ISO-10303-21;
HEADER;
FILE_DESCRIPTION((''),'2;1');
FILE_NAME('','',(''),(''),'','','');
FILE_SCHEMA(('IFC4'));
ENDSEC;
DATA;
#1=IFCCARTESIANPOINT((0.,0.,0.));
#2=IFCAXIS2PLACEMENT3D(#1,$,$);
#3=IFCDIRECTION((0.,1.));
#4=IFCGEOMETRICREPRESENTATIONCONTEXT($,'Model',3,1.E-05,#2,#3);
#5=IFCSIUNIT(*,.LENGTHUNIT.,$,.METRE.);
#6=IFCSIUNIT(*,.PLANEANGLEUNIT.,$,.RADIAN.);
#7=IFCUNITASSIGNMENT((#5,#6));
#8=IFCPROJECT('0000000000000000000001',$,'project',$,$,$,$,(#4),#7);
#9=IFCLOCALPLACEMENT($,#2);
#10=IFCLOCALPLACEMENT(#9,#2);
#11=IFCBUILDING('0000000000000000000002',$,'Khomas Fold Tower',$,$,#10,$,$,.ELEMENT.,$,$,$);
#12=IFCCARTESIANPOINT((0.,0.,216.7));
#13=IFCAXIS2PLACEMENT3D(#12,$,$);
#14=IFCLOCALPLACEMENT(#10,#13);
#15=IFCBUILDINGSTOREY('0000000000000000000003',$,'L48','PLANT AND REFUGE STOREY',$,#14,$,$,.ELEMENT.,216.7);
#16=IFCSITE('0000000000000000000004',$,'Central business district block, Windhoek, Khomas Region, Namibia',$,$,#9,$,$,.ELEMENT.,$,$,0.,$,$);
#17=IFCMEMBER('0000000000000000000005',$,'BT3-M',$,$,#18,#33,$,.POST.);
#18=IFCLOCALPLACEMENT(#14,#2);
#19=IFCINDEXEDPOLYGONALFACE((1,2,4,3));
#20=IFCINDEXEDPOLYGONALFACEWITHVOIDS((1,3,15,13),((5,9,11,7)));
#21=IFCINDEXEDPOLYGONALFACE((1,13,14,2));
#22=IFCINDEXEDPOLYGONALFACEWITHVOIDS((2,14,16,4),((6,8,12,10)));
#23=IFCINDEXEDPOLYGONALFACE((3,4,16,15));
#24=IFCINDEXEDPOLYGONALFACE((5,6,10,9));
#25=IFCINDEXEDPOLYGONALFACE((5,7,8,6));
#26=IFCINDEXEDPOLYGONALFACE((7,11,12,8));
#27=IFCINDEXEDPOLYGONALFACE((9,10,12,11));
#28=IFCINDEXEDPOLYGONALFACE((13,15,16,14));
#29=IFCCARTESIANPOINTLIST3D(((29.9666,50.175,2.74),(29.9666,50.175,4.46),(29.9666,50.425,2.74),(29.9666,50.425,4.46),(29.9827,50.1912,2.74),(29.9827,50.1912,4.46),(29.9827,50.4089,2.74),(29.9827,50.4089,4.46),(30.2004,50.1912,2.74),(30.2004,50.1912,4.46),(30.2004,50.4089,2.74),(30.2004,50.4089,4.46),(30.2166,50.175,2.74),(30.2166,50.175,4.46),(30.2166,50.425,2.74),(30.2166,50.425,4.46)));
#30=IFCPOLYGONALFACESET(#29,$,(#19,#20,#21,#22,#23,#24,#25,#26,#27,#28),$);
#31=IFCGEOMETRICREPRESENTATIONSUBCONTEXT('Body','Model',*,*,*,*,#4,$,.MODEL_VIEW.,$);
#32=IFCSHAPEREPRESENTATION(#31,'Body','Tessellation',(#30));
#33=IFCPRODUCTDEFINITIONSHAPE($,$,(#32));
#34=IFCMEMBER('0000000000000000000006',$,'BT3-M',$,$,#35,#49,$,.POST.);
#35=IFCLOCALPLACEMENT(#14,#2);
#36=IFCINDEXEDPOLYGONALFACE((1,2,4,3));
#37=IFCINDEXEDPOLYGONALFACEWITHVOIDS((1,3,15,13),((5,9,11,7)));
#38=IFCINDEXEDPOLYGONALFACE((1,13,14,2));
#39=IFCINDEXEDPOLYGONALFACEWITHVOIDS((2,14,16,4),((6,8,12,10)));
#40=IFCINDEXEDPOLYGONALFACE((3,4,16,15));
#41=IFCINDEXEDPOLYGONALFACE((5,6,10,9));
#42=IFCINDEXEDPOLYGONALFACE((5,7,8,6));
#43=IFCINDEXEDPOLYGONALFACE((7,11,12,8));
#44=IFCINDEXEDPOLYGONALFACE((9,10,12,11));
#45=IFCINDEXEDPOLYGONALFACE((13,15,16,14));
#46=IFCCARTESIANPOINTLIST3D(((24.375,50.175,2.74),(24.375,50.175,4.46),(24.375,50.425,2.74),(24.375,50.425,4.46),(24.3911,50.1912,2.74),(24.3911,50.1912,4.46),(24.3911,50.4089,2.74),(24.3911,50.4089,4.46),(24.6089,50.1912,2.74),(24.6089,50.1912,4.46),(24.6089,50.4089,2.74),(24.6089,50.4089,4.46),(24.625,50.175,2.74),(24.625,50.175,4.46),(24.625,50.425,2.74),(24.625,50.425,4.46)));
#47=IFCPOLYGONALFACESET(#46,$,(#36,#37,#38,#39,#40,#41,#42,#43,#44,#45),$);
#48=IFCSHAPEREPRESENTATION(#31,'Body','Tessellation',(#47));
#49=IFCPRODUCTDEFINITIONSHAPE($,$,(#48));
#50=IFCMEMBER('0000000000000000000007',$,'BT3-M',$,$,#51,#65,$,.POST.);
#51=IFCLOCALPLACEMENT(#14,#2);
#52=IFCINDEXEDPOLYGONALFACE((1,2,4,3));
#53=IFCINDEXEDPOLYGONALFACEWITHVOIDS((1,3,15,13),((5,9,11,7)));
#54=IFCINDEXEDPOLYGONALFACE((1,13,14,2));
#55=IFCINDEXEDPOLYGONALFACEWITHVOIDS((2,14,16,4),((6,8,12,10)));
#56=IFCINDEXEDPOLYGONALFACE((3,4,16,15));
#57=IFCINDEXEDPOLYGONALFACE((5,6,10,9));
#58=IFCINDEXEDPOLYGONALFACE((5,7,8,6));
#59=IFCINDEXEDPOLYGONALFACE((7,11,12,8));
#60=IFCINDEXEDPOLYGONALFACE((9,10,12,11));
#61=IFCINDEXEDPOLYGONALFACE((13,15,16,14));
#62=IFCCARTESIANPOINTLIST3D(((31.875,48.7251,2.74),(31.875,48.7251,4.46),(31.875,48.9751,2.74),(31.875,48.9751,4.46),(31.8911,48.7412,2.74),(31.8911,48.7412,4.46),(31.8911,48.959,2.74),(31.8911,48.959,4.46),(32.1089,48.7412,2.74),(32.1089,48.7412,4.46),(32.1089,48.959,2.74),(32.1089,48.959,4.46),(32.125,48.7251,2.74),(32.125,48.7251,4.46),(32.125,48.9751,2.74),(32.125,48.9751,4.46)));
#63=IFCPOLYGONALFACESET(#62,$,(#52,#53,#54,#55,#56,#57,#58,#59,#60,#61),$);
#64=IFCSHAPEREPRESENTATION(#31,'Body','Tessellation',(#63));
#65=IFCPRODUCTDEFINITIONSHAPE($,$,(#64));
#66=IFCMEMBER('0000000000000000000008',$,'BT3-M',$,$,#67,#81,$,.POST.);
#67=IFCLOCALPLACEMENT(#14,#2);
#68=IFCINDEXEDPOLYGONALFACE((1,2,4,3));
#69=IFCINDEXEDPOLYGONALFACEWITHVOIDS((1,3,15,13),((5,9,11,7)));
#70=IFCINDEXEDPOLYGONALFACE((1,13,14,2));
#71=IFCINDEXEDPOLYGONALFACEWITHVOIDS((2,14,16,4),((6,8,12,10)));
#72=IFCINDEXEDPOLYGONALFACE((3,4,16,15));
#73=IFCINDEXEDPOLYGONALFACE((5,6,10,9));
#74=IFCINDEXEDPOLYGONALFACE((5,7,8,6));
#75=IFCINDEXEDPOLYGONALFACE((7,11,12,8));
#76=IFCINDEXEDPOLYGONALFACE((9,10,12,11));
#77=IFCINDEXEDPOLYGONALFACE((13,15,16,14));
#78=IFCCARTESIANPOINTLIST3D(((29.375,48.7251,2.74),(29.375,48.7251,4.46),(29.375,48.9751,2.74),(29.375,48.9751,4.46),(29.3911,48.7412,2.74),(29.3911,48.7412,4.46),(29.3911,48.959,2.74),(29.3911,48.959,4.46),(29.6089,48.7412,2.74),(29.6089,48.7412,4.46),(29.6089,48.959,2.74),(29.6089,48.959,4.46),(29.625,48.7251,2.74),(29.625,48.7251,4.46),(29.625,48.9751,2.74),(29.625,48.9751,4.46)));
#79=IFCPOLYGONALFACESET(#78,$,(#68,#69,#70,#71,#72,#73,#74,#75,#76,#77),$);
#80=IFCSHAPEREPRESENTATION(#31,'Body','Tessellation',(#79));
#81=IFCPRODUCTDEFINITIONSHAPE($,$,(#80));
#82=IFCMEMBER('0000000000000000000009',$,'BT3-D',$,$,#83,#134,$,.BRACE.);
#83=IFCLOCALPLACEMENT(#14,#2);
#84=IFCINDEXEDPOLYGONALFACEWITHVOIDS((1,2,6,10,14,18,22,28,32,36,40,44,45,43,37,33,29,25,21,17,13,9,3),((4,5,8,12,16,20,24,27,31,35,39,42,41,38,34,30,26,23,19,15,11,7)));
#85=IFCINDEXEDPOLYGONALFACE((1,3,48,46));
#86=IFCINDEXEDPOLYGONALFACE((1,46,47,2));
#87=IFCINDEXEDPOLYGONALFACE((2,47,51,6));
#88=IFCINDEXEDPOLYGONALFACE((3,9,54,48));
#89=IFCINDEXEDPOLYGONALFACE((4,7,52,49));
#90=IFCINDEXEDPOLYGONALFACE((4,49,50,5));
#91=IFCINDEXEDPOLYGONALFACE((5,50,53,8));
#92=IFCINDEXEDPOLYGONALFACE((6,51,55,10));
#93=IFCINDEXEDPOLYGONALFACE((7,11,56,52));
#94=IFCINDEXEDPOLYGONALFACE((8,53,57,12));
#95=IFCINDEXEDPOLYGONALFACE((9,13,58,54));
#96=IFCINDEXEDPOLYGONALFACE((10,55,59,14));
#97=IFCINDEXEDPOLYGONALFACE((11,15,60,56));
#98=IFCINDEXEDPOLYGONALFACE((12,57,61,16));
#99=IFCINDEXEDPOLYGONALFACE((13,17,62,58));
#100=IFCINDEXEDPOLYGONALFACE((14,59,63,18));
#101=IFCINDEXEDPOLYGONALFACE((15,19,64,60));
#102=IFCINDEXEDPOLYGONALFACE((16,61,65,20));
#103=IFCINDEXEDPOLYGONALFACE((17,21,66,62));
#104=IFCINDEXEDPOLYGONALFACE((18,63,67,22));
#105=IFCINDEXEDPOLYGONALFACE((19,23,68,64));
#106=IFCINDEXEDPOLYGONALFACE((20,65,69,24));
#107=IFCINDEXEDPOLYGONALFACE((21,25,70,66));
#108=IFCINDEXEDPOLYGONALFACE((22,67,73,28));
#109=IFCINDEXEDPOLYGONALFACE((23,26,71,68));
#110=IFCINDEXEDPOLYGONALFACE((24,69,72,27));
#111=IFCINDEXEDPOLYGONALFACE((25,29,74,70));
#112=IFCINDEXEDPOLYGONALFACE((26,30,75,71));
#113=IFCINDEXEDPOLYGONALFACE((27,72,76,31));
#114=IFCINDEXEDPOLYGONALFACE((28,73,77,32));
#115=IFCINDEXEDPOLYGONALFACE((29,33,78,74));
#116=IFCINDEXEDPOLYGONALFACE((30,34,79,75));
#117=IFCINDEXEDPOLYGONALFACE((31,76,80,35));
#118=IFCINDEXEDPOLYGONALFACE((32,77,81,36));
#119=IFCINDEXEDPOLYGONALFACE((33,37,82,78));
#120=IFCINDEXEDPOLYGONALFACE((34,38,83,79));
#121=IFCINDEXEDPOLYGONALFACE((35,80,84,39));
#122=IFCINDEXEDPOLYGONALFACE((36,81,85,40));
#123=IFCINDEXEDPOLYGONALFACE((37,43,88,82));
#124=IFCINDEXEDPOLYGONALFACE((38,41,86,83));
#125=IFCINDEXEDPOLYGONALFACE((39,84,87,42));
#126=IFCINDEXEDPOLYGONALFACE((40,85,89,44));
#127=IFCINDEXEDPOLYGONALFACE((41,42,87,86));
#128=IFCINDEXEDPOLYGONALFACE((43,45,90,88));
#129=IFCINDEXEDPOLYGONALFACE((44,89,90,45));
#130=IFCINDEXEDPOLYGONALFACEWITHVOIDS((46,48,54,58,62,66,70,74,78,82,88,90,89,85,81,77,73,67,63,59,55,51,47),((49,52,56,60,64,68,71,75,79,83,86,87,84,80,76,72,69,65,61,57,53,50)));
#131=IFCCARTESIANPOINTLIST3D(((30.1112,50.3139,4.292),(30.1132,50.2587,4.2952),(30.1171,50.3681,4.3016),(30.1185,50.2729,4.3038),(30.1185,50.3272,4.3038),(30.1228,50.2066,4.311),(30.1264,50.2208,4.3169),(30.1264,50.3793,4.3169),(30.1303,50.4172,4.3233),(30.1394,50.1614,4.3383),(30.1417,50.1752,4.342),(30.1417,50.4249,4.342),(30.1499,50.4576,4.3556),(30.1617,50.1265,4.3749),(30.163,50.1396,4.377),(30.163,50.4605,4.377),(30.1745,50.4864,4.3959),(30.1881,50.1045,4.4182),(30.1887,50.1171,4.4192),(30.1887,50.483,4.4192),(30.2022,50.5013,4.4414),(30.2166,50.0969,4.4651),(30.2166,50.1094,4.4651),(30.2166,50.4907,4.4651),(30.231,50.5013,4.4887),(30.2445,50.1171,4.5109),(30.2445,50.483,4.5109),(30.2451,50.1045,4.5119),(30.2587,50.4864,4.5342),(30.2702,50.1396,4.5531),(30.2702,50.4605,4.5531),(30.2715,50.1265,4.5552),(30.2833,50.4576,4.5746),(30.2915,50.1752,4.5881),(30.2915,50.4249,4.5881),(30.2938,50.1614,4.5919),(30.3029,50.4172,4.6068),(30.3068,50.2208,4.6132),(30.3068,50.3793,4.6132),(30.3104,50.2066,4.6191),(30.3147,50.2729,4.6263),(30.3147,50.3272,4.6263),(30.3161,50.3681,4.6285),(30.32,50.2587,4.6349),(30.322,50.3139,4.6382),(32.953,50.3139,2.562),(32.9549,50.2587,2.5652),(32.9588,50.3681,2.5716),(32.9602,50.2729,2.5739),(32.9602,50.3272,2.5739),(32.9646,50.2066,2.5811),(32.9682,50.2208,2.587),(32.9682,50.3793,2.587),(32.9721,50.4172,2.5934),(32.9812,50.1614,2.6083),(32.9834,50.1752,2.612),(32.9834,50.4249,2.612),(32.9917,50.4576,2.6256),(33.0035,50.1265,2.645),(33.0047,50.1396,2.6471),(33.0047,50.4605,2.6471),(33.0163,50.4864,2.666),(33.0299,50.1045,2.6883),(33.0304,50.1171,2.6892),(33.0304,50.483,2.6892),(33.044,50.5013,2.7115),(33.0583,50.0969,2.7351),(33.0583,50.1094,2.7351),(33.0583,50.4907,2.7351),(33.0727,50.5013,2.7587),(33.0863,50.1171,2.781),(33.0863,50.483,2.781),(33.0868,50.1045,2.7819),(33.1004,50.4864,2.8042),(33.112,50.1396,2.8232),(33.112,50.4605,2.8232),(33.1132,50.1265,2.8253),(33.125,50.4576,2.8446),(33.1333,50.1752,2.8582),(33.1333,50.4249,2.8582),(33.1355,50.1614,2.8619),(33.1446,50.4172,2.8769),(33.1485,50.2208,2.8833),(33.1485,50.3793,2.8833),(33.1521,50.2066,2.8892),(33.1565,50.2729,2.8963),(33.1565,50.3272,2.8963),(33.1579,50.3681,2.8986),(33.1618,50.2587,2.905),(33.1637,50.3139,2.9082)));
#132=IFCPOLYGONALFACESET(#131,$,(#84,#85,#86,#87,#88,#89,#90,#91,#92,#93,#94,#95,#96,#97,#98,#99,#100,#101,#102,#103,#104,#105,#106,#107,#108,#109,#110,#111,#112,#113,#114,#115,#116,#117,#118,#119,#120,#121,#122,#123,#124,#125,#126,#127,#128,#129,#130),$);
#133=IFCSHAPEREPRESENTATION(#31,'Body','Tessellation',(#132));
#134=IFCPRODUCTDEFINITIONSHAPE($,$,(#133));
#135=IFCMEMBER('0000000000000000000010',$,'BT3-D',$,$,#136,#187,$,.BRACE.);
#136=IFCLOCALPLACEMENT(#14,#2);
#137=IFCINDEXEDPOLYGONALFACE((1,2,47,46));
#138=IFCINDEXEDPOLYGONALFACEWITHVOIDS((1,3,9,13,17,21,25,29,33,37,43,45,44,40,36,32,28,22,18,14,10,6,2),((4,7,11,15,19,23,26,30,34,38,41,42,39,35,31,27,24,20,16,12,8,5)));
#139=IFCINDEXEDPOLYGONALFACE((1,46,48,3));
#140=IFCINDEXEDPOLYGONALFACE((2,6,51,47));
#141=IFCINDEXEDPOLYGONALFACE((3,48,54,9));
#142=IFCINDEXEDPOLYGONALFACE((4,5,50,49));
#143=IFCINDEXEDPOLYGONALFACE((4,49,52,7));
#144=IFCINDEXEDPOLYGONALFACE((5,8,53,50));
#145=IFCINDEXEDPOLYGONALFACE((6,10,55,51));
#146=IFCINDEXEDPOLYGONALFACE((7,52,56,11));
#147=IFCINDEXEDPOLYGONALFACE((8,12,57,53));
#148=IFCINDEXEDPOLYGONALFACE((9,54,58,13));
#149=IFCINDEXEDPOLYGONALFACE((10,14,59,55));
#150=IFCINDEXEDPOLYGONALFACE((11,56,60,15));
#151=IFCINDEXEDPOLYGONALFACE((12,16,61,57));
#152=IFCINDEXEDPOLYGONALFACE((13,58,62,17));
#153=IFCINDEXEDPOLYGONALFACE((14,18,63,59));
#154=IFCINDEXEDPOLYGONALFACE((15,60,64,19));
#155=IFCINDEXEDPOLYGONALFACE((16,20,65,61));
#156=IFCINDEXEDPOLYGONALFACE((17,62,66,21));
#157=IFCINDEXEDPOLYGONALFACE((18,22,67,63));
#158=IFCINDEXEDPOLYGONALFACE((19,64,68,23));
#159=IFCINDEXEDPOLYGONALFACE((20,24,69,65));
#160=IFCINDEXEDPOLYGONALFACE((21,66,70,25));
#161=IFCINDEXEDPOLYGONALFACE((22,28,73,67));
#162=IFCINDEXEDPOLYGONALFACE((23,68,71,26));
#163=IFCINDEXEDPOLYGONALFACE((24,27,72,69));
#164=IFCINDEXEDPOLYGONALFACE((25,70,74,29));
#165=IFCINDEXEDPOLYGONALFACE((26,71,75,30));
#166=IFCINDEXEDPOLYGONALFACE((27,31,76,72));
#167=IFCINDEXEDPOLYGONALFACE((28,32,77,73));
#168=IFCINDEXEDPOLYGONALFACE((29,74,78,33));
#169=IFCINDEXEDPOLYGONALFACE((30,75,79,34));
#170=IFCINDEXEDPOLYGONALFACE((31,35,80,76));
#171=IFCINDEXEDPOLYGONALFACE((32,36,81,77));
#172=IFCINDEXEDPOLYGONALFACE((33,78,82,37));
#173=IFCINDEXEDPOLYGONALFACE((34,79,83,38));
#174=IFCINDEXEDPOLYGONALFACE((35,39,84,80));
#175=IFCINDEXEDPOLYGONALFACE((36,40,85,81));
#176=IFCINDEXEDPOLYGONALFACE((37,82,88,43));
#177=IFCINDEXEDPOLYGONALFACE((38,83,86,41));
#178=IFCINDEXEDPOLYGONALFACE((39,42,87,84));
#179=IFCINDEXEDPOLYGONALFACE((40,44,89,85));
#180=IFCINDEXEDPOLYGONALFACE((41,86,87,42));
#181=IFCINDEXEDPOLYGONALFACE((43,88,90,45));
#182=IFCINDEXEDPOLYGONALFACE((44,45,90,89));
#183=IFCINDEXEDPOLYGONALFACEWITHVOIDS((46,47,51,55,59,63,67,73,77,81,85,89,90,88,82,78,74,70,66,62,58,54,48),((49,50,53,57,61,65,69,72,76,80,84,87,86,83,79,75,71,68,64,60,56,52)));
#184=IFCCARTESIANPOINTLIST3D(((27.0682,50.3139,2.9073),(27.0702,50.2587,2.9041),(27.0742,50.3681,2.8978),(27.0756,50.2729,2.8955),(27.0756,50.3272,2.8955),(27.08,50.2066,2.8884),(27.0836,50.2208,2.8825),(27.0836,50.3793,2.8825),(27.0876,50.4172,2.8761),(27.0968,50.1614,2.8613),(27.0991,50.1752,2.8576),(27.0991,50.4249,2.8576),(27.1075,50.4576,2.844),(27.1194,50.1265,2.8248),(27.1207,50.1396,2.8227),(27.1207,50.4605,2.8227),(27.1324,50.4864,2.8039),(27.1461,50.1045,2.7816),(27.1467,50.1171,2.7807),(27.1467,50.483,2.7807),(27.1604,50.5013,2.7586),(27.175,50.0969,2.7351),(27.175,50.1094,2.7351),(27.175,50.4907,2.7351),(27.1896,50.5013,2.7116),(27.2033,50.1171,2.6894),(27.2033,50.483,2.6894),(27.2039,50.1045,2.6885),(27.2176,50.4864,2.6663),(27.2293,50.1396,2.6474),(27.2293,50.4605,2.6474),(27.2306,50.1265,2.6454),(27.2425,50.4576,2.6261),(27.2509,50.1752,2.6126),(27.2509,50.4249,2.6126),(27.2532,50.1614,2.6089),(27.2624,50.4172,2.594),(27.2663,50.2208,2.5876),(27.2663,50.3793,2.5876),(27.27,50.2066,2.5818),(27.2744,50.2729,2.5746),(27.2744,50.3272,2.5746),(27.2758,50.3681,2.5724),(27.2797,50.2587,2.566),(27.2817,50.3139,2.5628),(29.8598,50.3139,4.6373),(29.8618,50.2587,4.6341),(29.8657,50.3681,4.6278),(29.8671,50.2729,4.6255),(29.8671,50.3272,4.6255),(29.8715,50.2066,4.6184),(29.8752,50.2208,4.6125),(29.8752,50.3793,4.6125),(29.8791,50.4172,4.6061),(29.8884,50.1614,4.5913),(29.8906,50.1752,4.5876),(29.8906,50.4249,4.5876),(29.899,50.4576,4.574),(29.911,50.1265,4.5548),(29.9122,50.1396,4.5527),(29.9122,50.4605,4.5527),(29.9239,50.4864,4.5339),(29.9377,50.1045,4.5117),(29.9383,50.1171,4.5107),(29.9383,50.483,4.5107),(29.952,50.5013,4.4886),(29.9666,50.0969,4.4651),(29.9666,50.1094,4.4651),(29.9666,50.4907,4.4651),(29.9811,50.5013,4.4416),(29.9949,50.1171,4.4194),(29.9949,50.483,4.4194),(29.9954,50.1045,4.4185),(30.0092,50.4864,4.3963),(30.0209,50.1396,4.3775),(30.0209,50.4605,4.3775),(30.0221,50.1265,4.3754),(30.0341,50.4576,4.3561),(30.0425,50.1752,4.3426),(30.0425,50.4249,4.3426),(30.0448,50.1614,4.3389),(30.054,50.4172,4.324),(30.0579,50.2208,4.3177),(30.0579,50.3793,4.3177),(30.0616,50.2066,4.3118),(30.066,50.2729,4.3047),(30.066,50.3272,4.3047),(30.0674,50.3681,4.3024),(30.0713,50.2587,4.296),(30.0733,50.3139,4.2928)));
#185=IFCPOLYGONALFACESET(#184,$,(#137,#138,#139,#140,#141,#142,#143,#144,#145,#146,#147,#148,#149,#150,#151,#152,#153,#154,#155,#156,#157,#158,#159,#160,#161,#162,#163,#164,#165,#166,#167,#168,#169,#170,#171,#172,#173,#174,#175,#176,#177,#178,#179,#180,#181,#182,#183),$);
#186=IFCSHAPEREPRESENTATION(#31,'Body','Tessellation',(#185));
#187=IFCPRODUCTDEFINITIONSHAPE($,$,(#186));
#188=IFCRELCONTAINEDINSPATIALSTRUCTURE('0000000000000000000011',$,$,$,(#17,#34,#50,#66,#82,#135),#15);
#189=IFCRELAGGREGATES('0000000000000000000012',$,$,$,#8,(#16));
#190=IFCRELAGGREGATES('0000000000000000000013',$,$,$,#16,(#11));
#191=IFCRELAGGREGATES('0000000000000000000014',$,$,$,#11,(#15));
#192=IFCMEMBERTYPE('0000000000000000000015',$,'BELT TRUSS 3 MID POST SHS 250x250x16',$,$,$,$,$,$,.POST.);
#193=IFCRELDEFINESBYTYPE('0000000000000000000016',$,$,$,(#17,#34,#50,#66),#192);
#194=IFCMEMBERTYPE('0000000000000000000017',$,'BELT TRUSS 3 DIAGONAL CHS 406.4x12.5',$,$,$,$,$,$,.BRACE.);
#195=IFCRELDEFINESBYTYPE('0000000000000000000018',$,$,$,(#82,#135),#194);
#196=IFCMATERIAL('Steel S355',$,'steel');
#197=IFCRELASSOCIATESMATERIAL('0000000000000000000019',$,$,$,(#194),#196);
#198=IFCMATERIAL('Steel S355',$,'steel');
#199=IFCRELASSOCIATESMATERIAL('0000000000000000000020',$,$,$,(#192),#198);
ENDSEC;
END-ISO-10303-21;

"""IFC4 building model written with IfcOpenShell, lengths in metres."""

from ifc_helpers import new_model, si_unit, direction, frame, origin, origin_2d, place, context, subcontext, project, spatial, hollow_rectangle, hollow_circle, extrude, source, transform, mapped, material, material_profile, profile_set, type_object, element, save


model = new_model("IFC4")

# Units and contexts
model_context = context("Model", 3, precision=1e-05, world=origin(), true_north=direction((0.0, 1.0)))
body_context = subcontext(model_context, "Body", "Model", "MODEL_VIEW")
ifc_project = project(units=[si_unit("LENGTHUNIT", "METRE"), si_unit("PLANEANGLEUNIT", "RADIAN")], contexts=[model_context])

# Site, building, storey
site_placement = place(None, origin())
site = spatial("IfcSite", under=ifc_project, at=site_placement, Name="Central business district block, Windhoek, Khomas Region, Namibia", CompositionType="ELEMENT", RefElevation=0.0)
building_placement = place(site_placement, origin())
building = spatial("IfcBuilding", under=site, at=building_placement, Name="Khomas Fold Tower", CompositionType="ELEMENT")
storey_placement = place(building_placement, frame((0.0, 0.0, 216.7)))
storey = spatial("IfcBuildingStorey", under=building, at=storey_placement, Name="L48", Description="PLANT AND REFUGE STOREY", CompositionType="ELEMENT", Elevation=216.7)

# Members
ifc_material_1 = material(Name="Steel S355", Category="steel")
ifc_material_profile_1 = material_profile(ifc_material_1, hollow_circle(Radius=0.2031, WallThickness=0.0125, at=origin_2d()), Name="CHS 406.4x12.5")
ifc_profile_set_1 = profile_set([ifc_material_profile_1], Name="Steel S355")
member_type_1 = type_object("IfcMemberType", Name="BELT TRUSS 3 DIAGONAL CHS 406.4x12.5", PredefinedType="BRACE", material=ifc_profile_set_1)
ifc_material_2 = material(Name="Steel S355", Category="steel")
ifc_material_profile_2 = material_profile(ifc_material_2, hollow_rectangle(XDim=0.25, YDim=0.25, WallThickness=0.0161, at=origin_2d()), Name="SHS 250x250x16")
ifc_profile_set_2 = profile_set([ifc_material_profile_2], Name="Steel S355")
member_type_2 = type_object("IfcMemberType", Name="BELT TRUSS 3 MID POST SHS 250x250x16", PredefinedType="POST", material=ifc_profile_set_2)
shared_shape_1 = source(origin(), body_context, "Body", "SweptSolid", [
    extrude(hollow_rectangle(XDim=0.25, YDim=0.25, WallThickness=0.0161, at=origin_2d()), origin(), (0.0, 0.0, 1.0), 1.72),
])
for number, where, z_axis, x_axis, name in (
    (1, (30.0916, 50.3, 2.74), (0.0, 0.0, 1.0), (1.0, 0.0, 0.0), "BT3-M"),
    (2, (24.5, 50.3, 2.74), (0.0, 0.0, 1.0), (1.0, 0.0, 0.0), "BT3-M"),
    (3, (32.0, 48.8501, 2.74), (0.0, 0.0, 1.0), (1.0, 0.0, 0.0), "BT3-M"),
    (4, (29.5, 48.8501, 2.74), (0.0, 0.0, 1.0), (1.0, 0.0, 0.0), "BT3-M"),
):
    element("IfcMember", number, at=place(storey_placement, frame(where, z_axis=z_axis, x_axis=x_axis)), inside=storey, type_object=member_type_2, Name=name, PredefinedType="POST", context=body_context, shape_type="MappedRepresentation", body=[
        mapped(shared_shape_1, transform((0.0, 0.0, 0.0))),
    ])
shared_shape_2 = source(origin(), body_context, "Body", "SweptSolid", [
    extrude(hollow_circle(Radius=0.2031, WallThickness=0.0125, at=origin_2d()), origin(), (0.0, 0.0, 1.0), 3.3269),
])
member_1_placement = place(storey_placement, frame((33.0583, 50.3, 2.7351), z_axis=(-0.854173, 0.0, 0.519989), x_axis=(0.0, -1.0, 0.0)))
element("IfcMember", 5, at=member_1_placement, inside=storey, type_object=member_type_1, Name="BT3-D", PredefinedType="BRACE", context=body_context, shape_type="MappedRepresentation", body=[
    mapped(shared_shape_2, transform((0.0, 0.0, 0.0))),
])
shared_shape_3 = source(origin(), body_context, "Body", "SweptSolid", [
    extrude(hollow_circle(Radius=0.2031, WallThickness=0.0125, at=origin_2d()), origin(), (0.0, 0.0, 1.0), 3.2842),
])
member_2_placement = place(storey_placement, frame((29.9666, 50.3, 4.4651), z_axis=(-0.850005, 0.0, -0.526774), x_axis=(0.0, -1.0, 0.0)))
element("IfcMember", 6, at=member_2_placement, inside=storey, type_object=member_type_1, Name="BT3-D", PredefinedType="BRACE", context=body_context, shape_type="MappedRepresentation", body=[
    mapped(shared_shape_3, transform((0.0, 0.0, 0.0))),
])

save(model, "model.ifc")
